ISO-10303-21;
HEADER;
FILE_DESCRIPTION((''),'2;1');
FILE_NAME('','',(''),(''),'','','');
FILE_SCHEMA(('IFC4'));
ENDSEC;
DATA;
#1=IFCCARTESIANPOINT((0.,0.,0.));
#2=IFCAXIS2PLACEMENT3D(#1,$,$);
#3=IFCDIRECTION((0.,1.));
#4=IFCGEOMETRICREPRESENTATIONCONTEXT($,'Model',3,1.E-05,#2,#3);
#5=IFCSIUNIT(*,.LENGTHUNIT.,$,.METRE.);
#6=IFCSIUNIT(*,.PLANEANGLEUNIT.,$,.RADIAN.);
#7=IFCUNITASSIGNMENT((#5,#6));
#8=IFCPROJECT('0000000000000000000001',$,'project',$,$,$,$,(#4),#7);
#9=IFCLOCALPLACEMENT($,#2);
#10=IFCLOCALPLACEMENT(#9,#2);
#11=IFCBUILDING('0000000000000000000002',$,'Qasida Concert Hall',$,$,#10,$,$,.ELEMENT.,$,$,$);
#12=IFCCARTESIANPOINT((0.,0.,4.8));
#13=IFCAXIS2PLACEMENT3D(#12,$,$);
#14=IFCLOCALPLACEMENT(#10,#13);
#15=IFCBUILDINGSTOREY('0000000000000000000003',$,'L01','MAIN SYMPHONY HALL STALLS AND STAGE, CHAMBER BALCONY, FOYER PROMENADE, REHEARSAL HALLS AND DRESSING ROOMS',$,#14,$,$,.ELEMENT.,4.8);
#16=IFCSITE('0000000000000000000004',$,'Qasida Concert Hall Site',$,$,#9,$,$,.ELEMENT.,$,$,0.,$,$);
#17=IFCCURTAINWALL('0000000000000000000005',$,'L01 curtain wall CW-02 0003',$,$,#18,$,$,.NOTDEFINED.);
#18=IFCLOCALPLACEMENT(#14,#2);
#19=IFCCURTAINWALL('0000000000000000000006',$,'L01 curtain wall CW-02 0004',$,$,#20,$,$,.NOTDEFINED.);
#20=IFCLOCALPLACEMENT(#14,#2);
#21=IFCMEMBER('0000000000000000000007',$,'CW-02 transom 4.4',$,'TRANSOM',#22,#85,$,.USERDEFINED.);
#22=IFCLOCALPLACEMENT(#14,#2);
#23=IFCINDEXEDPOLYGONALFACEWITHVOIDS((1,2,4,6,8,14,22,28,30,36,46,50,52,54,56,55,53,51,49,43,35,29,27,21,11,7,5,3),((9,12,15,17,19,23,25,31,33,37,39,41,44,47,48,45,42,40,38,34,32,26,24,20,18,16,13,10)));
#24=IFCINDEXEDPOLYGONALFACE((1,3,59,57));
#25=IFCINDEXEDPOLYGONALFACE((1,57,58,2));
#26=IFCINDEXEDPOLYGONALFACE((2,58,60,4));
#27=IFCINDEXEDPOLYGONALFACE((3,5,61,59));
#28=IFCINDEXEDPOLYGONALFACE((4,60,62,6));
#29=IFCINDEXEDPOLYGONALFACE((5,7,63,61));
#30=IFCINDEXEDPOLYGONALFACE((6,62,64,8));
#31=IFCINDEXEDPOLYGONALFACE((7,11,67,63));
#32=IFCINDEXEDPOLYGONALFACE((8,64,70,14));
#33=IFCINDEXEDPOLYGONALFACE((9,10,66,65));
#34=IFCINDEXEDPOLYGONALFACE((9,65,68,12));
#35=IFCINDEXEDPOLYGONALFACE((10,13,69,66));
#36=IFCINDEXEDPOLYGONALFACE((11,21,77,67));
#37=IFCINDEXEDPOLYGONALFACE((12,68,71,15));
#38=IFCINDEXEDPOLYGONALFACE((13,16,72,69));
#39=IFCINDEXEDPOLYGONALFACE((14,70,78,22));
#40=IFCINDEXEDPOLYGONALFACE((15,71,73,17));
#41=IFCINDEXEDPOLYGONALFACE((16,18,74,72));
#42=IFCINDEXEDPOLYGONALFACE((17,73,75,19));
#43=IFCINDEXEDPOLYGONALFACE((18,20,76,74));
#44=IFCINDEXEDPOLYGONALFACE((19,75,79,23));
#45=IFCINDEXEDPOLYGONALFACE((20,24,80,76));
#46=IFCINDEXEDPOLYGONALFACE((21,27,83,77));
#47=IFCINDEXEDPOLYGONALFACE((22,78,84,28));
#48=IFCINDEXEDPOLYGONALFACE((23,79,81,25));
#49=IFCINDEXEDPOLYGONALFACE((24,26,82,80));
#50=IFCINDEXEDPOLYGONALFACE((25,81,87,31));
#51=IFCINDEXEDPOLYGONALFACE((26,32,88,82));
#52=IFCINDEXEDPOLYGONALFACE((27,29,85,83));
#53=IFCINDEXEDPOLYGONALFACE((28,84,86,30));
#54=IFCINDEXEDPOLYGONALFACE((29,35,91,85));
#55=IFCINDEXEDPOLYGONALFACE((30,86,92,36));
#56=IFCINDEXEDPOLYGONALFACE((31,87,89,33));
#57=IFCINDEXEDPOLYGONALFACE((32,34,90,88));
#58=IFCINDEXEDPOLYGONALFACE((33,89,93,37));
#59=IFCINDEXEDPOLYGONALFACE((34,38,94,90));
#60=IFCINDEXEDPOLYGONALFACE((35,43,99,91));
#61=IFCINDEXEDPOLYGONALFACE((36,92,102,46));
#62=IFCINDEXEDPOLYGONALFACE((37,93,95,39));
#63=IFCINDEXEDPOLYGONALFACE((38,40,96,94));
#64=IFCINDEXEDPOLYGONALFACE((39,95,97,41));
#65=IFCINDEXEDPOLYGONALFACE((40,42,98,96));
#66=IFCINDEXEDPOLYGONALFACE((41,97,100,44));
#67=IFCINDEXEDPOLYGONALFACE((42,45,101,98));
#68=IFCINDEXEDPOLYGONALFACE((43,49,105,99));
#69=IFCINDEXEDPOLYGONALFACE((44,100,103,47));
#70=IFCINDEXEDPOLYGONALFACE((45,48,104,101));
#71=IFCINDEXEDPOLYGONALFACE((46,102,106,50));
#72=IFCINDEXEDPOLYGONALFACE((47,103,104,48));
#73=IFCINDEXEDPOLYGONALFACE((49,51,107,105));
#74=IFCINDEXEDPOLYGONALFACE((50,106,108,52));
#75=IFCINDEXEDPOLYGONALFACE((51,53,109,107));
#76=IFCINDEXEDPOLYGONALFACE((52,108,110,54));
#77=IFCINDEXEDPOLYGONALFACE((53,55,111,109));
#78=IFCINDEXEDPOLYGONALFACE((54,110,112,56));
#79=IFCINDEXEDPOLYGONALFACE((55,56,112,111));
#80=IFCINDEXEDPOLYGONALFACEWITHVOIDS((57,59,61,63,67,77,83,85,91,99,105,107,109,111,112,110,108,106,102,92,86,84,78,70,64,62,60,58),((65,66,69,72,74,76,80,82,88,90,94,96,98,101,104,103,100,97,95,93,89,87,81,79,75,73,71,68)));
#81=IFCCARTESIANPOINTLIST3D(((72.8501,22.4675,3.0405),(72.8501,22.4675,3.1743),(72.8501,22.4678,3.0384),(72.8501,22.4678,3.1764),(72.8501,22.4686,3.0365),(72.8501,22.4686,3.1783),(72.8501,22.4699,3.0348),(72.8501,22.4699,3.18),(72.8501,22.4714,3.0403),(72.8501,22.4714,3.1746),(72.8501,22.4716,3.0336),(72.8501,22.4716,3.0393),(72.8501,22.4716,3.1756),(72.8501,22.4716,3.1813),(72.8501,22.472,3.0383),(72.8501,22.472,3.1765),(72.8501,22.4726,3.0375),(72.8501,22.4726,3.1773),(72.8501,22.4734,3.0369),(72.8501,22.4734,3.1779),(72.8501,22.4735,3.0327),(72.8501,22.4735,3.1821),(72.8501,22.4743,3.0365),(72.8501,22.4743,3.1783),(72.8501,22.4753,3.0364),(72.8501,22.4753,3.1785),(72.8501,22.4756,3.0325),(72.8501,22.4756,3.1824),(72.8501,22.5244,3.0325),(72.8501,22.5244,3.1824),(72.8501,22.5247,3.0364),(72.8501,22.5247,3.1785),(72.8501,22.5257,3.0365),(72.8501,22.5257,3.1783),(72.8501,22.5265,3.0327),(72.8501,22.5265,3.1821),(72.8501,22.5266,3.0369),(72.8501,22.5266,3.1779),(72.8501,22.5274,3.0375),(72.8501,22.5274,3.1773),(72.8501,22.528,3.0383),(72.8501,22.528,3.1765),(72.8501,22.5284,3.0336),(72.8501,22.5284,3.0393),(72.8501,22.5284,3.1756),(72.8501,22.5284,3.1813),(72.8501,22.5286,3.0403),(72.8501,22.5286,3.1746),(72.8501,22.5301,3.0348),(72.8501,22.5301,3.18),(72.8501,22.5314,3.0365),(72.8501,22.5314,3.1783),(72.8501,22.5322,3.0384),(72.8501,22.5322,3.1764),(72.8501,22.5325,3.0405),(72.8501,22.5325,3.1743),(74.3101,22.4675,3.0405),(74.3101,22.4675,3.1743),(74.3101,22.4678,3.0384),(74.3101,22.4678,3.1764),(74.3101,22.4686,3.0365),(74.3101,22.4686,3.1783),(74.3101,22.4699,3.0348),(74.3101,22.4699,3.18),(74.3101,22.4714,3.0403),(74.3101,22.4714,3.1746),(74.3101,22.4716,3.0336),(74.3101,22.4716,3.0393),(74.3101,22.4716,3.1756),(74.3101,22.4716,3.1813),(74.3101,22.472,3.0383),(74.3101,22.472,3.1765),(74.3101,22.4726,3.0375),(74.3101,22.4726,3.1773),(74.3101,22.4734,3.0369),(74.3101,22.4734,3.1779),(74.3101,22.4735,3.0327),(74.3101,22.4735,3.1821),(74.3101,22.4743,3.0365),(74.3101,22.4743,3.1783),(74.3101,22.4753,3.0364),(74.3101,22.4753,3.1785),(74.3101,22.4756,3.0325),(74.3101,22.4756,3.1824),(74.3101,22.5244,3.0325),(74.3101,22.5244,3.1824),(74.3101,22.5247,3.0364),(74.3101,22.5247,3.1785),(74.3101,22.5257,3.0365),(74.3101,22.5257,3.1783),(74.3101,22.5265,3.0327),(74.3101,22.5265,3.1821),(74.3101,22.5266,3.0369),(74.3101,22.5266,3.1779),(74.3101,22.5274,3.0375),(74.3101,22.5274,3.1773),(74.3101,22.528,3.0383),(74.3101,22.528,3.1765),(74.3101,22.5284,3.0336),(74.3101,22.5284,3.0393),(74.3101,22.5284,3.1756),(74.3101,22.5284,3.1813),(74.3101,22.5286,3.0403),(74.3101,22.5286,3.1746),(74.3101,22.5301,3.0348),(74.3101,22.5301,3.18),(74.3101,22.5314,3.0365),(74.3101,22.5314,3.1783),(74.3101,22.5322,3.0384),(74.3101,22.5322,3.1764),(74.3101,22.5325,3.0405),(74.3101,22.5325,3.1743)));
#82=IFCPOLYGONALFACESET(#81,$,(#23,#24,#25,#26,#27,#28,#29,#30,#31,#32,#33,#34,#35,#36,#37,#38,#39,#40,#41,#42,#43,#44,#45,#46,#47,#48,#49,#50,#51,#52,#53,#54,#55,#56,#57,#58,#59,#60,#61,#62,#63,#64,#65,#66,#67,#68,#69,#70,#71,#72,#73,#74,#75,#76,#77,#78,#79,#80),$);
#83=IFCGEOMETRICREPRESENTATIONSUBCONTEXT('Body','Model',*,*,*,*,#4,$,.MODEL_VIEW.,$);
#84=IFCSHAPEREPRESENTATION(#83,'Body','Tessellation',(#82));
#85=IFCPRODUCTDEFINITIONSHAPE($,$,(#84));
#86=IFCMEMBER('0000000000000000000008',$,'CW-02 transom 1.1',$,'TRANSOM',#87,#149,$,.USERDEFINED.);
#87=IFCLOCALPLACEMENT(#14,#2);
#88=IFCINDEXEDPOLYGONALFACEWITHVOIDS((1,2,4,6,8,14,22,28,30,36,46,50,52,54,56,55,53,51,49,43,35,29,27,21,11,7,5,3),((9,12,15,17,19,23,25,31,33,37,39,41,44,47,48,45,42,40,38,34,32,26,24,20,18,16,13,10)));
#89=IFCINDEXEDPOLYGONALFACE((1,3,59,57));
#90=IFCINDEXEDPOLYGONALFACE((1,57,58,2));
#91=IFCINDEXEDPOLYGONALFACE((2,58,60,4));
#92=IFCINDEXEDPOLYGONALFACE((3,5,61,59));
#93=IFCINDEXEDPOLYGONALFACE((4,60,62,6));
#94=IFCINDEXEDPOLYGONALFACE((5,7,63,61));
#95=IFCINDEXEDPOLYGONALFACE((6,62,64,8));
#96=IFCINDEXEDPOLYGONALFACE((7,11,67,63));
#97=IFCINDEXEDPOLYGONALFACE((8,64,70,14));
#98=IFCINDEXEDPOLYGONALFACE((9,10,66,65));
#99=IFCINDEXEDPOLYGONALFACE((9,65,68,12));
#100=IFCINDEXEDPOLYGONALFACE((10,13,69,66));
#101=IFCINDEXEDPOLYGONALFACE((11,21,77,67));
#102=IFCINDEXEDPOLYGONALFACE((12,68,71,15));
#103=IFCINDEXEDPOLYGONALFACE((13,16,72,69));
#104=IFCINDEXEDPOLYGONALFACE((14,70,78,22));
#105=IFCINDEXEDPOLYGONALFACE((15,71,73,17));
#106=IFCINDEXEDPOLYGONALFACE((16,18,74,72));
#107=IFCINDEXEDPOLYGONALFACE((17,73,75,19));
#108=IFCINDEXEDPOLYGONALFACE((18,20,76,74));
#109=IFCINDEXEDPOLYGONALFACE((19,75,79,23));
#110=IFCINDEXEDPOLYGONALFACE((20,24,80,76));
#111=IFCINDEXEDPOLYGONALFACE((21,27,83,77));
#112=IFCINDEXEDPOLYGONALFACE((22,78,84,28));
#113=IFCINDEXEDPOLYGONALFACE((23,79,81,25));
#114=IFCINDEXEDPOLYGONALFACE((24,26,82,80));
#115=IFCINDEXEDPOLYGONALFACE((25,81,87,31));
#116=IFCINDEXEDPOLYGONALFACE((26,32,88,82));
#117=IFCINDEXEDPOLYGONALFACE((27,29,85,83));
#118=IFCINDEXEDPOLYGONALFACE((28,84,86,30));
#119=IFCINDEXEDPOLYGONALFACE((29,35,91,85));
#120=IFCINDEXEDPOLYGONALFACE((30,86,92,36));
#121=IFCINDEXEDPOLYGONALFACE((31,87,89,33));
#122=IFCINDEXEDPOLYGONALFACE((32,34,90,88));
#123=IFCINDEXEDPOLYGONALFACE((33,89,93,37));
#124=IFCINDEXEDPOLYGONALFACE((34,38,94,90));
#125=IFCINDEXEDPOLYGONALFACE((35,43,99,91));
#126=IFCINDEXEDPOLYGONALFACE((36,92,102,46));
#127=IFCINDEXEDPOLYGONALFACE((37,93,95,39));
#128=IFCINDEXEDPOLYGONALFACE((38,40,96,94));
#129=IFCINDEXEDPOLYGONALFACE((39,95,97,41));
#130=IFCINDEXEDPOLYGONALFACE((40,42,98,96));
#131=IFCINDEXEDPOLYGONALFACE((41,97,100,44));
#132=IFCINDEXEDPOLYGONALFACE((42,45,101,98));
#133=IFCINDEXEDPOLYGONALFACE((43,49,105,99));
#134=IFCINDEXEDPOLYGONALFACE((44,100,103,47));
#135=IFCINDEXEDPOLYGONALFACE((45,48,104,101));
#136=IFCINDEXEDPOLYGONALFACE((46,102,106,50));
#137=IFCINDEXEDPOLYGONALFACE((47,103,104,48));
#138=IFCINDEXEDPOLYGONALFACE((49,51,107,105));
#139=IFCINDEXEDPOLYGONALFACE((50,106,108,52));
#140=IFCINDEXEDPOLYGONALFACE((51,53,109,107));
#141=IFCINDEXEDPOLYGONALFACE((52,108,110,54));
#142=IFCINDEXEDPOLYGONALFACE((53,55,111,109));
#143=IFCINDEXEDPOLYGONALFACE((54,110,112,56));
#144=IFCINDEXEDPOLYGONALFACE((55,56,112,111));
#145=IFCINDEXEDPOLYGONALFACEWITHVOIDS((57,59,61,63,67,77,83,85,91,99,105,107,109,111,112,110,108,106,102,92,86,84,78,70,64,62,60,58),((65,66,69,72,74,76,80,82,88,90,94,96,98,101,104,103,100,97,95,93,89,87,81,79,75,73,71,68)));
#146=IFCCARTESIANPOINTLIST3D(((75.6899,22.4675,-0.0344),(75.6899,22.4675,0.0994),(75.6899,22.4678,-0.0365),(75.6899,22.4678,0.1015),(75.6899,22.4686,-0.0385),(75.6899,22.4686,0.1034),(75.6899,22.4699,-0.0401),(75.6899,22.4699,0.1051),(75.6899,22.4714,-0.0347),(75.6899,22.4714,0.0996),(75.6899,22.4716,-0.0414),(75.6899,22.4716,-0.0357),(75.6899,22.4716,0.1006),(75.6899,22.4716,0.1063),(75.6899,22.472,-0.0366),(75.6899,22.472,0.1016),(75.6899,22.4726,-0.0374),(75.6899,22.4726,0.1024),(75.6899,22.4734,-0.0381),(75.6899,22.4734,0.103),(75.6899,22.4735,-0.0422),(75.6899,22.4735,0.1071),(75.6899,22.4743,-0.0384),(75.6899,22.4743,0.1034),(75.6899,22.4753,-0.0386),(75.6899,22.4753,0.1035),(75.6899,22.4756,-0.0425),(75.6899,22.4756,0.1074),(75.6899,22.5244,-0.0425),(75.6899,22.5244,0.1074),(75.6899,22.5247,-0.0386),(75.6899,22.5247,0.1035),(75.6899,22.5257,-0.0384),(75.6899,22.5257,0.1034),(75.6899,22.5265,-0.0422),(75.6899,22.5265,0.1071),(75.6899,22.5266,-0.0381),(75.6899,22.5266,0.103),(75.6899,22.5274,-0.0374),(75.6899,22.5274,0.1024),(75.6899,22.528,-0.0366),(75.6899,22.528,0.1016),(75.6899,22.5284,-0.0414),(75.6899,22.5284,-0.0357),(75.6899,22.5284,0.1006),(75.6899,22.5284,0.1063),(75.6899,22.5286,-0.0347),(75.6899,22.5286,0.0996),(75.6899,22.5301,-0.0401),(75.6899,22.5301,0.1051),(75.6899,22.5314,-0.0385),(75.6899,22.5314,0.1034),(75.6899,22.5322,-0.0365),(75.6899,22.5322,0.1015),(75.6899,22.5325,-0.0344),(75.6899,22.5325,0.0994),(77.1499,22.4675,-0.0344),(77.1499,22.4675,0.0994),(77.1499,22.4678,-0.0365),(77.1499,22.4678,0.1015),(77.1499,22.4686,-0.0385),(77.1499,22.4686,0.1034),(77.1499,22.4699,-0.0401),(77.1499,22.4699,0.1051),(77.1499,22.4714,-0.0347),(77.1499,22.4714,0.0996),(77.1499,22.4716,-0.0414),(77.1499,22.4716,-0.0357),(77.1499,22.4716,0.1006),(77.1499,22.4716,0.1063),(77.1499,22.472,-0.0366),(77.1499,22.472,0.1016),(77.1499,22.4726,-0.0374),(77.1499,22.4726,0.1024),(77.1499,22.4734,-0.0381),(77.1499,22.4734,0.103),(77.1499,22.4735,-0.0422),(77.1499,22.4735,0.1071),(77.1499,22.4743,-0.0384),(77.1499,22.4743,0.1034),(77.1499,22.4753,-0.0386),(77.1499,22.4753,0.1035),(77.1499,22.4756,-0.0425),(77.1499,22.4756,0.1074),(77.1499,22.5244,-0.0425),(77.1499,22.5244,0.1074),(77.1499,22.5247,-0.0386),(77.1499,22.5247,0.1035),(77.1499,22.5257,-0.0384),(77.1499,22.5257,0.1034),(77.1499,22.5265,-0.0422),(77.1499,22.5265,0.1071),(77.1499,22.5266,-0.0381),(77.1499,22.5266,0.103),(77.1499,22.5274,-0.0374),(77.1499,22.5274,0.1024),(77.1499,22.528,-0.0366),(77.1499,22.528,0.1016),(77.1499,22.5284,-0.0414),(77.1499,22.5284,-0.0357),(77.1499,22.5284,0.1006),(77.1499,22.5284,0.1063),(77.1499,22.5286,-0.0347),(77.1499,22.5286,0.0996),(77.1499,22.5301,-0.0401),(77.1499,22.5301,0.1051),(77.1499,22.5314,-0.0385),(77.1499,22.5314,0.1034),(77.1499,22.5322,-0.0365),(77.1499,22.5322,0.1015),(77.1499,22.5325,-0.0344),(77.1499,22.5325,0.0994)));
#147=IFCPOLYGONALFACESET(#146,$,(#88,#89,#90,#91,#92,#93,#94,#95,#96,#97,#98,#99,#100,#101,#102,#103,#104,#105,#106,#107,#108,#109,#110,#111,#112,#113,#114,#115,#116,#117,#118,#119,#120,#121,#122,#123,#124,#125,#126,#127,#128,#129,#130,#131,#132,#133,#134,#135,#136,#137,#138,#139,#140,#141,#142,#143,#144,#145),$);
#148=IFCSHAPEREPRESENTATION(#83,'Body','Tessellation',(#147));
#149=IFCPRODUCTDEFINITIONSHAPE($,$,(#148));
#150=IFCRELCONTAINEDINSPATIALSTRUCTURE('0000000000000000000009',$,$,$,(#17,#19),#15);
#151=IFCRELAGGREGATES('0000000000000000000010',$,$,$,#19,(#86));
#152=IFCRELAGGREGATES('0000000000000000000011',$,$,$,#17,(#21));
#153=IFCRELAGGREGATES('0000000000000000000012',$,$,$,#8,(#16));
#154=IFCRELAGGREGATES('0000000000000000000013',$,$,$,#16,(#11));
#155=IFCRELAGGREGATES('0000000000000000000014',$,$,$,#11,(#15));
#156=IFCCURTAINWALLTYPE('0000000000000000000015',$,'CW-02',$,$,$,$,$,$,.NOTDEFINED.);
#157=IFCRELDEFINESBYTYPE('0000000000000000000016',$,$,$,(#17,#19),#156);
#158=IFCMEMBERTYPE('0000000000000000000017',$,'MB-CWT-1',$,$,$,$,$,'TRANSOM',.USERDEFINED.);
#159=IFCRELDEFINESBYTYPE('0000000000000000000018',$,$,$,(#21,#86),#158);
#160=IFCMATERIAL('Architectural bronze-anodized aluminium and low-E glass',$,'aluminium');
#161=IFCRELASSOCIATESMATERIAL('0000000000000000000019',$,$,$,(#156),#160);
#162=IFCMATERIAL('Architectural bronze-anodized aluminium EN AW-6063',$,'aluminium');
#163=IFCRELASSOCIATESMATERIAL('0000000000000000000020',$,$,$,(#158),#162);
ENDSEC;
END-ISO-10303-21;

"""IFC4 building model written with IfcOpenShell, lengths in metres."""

from ifc_helpers import new_model, si_unit, direction, frame, origin, origin_2d, place, context, subcontext, project, spatial, hollow_rectangle, extrude, material, material_profile, profile_set, type_object, element, aggregate, save


model = new_model("IFC4")

# Units and contexts
model_context = context("Model", 3, precision=1e-05, world=origin(), true_north=direction((0.0, 1.0)))
body_context = subcontext(model_context, "Body", "Model", "MODEL_VIEW")
ifc_project = project(units=[si_unit("LENGTHUNIT", "METRE"), si_unit("PLANEANGLEUNIT", "RADIAN")], contexts=[model_context])

# Site, building, storey
site_placement = place(None, origin())
site = spatial("IfcSite", under=ifc_project, at=site_placement, Name="Qasida Concert Hall Site", CompositionType="ELEMENT", RefElevation=0.0)
building_placement = place(site_placement, origin())
building = spatial("IfcBuilding", under=site, at=building_placement, Name="Qasida Concert Hall", CompositionType="ELEMENT")
storey_placement = place(building_placement, frame((0.0, 0.0, 4.8)))
storey = spatial("IfcBuildingStorey", under=building, at=storey_placement, Name="L01", Description="MAIN SYMPHONY HALL STALLS AND STAGE, CHAMBER BALCONY, FOYER PROMENADE, REHEARSAL HALLS AND DRESSING ROOMS", CompositionType="ELEMENT", Elevation=4.8)

# Curtain wall
ifc_material_1 = material(Name="Architectural bronze-anodized aluminium and low-E glass", Category="aluminium")
curtain_wall_type = type_object("IfcCurtainWallType", Name="CW-02", PredefinedType="NOTDEFINED", material=ifc_material_1)
curtain_wall_1_placement = place(storey_placement, origin())
curtain_wall_1 = element("IfcCurtainWall", 1, at=curtain_wall_1_placement, inside=storey, type_object=curtain_wall_type, Name="L01 curtain wall CW-02 0003", PredefinedType="NOTDEFINED")
ifc_material_2 = material(Name="Architectural bronze-anodized aluminium EN AW-6063", Category="aluminium")

# Curtain wall
curtain_wall_2_placement = place(storey_placement, origin())
curtain_wall_2 = element("IfcCurtainWall", 2, at=curtain_wall_2_placement, inside=storey, type_object=curtain_wall_type, Name="L01 curtain wall CW-02 0004", PredefinedType="NOTDEFINED")

# Members
ifc_material_profile_1 = material_profile(ifc_material_2, hollow_rectangle(XDim=0.0649, YDim=0.1499, WallThickness=0.0039, InnerFilletRadius=0.0039, OuterFilletRadius=0.0081, at=origin_2d()), Name="CWT 150x65x4")
ifc_profile_set_1 = profile_set([ifc_material_profile_1], Name="Architectural bronze-anodized aluminium EN AW-6063")
member_type_1 = type_object("IfcMemberType", Name="MB-CWT-1", ElementType="TRANSOM", PredefinedType="USERDEFINED", material=ifc_profile_set_1)
member_1_placement = place(storey_placement, frame((72.8501, 22.5, 3.1074), z_axis=(1.0, 0.0, 0.0), x_axis=(0.0, 1.0, 0.0)))
member_1 = element("IfcMember", 3, at=member_1_placement, type_object=member_type_1, Name="CW-02 transom 4.4", ObjectType="TRANSOM", PredefinedType="USERDEFINED", context=body_context, shape_type="SweptSolid", body=[
    extrude(hollow_rectangle(XDim=0.0649, YDim=0.1499, WallThickness=0.0039, InnerFilletRadius=0.0039, OuterFilletRadius=0.0081, at=origin_2d()), origin(), (0.0, 0.0, 1.0), 1.46),
])
member_2_placement = place(storey_placement, frame((75.6899, 22.5, 0.0325), z_axis=(1.0, 0.0, 0.0), x_axis=(0.0, 1.0, 0.0)))
member_2 = element("IfcMember", 4, at=member_2_placement, type_object=member_type_1, Name="CW-02 transom 1.1", ObjectType="TRANSOM", PredefinedType="USERDEFINED", context=body_context, shape_type="SweptSolid", body=[
    extrude(hollow_rectangle(XDim=0.0649, YDim=0.1499, WallThickness=0.0039, InnerFilletRadius=0.0039, OuterFilletRadius=0.0081, at=origin_2d()), origin(), (0.0, 0.0, 1.0), 1.46),
])
aggregate(curtain_wall_2, [member_2])

aggregate(curtain_wall_1, [member_1])

save(model, "model.ifc")
